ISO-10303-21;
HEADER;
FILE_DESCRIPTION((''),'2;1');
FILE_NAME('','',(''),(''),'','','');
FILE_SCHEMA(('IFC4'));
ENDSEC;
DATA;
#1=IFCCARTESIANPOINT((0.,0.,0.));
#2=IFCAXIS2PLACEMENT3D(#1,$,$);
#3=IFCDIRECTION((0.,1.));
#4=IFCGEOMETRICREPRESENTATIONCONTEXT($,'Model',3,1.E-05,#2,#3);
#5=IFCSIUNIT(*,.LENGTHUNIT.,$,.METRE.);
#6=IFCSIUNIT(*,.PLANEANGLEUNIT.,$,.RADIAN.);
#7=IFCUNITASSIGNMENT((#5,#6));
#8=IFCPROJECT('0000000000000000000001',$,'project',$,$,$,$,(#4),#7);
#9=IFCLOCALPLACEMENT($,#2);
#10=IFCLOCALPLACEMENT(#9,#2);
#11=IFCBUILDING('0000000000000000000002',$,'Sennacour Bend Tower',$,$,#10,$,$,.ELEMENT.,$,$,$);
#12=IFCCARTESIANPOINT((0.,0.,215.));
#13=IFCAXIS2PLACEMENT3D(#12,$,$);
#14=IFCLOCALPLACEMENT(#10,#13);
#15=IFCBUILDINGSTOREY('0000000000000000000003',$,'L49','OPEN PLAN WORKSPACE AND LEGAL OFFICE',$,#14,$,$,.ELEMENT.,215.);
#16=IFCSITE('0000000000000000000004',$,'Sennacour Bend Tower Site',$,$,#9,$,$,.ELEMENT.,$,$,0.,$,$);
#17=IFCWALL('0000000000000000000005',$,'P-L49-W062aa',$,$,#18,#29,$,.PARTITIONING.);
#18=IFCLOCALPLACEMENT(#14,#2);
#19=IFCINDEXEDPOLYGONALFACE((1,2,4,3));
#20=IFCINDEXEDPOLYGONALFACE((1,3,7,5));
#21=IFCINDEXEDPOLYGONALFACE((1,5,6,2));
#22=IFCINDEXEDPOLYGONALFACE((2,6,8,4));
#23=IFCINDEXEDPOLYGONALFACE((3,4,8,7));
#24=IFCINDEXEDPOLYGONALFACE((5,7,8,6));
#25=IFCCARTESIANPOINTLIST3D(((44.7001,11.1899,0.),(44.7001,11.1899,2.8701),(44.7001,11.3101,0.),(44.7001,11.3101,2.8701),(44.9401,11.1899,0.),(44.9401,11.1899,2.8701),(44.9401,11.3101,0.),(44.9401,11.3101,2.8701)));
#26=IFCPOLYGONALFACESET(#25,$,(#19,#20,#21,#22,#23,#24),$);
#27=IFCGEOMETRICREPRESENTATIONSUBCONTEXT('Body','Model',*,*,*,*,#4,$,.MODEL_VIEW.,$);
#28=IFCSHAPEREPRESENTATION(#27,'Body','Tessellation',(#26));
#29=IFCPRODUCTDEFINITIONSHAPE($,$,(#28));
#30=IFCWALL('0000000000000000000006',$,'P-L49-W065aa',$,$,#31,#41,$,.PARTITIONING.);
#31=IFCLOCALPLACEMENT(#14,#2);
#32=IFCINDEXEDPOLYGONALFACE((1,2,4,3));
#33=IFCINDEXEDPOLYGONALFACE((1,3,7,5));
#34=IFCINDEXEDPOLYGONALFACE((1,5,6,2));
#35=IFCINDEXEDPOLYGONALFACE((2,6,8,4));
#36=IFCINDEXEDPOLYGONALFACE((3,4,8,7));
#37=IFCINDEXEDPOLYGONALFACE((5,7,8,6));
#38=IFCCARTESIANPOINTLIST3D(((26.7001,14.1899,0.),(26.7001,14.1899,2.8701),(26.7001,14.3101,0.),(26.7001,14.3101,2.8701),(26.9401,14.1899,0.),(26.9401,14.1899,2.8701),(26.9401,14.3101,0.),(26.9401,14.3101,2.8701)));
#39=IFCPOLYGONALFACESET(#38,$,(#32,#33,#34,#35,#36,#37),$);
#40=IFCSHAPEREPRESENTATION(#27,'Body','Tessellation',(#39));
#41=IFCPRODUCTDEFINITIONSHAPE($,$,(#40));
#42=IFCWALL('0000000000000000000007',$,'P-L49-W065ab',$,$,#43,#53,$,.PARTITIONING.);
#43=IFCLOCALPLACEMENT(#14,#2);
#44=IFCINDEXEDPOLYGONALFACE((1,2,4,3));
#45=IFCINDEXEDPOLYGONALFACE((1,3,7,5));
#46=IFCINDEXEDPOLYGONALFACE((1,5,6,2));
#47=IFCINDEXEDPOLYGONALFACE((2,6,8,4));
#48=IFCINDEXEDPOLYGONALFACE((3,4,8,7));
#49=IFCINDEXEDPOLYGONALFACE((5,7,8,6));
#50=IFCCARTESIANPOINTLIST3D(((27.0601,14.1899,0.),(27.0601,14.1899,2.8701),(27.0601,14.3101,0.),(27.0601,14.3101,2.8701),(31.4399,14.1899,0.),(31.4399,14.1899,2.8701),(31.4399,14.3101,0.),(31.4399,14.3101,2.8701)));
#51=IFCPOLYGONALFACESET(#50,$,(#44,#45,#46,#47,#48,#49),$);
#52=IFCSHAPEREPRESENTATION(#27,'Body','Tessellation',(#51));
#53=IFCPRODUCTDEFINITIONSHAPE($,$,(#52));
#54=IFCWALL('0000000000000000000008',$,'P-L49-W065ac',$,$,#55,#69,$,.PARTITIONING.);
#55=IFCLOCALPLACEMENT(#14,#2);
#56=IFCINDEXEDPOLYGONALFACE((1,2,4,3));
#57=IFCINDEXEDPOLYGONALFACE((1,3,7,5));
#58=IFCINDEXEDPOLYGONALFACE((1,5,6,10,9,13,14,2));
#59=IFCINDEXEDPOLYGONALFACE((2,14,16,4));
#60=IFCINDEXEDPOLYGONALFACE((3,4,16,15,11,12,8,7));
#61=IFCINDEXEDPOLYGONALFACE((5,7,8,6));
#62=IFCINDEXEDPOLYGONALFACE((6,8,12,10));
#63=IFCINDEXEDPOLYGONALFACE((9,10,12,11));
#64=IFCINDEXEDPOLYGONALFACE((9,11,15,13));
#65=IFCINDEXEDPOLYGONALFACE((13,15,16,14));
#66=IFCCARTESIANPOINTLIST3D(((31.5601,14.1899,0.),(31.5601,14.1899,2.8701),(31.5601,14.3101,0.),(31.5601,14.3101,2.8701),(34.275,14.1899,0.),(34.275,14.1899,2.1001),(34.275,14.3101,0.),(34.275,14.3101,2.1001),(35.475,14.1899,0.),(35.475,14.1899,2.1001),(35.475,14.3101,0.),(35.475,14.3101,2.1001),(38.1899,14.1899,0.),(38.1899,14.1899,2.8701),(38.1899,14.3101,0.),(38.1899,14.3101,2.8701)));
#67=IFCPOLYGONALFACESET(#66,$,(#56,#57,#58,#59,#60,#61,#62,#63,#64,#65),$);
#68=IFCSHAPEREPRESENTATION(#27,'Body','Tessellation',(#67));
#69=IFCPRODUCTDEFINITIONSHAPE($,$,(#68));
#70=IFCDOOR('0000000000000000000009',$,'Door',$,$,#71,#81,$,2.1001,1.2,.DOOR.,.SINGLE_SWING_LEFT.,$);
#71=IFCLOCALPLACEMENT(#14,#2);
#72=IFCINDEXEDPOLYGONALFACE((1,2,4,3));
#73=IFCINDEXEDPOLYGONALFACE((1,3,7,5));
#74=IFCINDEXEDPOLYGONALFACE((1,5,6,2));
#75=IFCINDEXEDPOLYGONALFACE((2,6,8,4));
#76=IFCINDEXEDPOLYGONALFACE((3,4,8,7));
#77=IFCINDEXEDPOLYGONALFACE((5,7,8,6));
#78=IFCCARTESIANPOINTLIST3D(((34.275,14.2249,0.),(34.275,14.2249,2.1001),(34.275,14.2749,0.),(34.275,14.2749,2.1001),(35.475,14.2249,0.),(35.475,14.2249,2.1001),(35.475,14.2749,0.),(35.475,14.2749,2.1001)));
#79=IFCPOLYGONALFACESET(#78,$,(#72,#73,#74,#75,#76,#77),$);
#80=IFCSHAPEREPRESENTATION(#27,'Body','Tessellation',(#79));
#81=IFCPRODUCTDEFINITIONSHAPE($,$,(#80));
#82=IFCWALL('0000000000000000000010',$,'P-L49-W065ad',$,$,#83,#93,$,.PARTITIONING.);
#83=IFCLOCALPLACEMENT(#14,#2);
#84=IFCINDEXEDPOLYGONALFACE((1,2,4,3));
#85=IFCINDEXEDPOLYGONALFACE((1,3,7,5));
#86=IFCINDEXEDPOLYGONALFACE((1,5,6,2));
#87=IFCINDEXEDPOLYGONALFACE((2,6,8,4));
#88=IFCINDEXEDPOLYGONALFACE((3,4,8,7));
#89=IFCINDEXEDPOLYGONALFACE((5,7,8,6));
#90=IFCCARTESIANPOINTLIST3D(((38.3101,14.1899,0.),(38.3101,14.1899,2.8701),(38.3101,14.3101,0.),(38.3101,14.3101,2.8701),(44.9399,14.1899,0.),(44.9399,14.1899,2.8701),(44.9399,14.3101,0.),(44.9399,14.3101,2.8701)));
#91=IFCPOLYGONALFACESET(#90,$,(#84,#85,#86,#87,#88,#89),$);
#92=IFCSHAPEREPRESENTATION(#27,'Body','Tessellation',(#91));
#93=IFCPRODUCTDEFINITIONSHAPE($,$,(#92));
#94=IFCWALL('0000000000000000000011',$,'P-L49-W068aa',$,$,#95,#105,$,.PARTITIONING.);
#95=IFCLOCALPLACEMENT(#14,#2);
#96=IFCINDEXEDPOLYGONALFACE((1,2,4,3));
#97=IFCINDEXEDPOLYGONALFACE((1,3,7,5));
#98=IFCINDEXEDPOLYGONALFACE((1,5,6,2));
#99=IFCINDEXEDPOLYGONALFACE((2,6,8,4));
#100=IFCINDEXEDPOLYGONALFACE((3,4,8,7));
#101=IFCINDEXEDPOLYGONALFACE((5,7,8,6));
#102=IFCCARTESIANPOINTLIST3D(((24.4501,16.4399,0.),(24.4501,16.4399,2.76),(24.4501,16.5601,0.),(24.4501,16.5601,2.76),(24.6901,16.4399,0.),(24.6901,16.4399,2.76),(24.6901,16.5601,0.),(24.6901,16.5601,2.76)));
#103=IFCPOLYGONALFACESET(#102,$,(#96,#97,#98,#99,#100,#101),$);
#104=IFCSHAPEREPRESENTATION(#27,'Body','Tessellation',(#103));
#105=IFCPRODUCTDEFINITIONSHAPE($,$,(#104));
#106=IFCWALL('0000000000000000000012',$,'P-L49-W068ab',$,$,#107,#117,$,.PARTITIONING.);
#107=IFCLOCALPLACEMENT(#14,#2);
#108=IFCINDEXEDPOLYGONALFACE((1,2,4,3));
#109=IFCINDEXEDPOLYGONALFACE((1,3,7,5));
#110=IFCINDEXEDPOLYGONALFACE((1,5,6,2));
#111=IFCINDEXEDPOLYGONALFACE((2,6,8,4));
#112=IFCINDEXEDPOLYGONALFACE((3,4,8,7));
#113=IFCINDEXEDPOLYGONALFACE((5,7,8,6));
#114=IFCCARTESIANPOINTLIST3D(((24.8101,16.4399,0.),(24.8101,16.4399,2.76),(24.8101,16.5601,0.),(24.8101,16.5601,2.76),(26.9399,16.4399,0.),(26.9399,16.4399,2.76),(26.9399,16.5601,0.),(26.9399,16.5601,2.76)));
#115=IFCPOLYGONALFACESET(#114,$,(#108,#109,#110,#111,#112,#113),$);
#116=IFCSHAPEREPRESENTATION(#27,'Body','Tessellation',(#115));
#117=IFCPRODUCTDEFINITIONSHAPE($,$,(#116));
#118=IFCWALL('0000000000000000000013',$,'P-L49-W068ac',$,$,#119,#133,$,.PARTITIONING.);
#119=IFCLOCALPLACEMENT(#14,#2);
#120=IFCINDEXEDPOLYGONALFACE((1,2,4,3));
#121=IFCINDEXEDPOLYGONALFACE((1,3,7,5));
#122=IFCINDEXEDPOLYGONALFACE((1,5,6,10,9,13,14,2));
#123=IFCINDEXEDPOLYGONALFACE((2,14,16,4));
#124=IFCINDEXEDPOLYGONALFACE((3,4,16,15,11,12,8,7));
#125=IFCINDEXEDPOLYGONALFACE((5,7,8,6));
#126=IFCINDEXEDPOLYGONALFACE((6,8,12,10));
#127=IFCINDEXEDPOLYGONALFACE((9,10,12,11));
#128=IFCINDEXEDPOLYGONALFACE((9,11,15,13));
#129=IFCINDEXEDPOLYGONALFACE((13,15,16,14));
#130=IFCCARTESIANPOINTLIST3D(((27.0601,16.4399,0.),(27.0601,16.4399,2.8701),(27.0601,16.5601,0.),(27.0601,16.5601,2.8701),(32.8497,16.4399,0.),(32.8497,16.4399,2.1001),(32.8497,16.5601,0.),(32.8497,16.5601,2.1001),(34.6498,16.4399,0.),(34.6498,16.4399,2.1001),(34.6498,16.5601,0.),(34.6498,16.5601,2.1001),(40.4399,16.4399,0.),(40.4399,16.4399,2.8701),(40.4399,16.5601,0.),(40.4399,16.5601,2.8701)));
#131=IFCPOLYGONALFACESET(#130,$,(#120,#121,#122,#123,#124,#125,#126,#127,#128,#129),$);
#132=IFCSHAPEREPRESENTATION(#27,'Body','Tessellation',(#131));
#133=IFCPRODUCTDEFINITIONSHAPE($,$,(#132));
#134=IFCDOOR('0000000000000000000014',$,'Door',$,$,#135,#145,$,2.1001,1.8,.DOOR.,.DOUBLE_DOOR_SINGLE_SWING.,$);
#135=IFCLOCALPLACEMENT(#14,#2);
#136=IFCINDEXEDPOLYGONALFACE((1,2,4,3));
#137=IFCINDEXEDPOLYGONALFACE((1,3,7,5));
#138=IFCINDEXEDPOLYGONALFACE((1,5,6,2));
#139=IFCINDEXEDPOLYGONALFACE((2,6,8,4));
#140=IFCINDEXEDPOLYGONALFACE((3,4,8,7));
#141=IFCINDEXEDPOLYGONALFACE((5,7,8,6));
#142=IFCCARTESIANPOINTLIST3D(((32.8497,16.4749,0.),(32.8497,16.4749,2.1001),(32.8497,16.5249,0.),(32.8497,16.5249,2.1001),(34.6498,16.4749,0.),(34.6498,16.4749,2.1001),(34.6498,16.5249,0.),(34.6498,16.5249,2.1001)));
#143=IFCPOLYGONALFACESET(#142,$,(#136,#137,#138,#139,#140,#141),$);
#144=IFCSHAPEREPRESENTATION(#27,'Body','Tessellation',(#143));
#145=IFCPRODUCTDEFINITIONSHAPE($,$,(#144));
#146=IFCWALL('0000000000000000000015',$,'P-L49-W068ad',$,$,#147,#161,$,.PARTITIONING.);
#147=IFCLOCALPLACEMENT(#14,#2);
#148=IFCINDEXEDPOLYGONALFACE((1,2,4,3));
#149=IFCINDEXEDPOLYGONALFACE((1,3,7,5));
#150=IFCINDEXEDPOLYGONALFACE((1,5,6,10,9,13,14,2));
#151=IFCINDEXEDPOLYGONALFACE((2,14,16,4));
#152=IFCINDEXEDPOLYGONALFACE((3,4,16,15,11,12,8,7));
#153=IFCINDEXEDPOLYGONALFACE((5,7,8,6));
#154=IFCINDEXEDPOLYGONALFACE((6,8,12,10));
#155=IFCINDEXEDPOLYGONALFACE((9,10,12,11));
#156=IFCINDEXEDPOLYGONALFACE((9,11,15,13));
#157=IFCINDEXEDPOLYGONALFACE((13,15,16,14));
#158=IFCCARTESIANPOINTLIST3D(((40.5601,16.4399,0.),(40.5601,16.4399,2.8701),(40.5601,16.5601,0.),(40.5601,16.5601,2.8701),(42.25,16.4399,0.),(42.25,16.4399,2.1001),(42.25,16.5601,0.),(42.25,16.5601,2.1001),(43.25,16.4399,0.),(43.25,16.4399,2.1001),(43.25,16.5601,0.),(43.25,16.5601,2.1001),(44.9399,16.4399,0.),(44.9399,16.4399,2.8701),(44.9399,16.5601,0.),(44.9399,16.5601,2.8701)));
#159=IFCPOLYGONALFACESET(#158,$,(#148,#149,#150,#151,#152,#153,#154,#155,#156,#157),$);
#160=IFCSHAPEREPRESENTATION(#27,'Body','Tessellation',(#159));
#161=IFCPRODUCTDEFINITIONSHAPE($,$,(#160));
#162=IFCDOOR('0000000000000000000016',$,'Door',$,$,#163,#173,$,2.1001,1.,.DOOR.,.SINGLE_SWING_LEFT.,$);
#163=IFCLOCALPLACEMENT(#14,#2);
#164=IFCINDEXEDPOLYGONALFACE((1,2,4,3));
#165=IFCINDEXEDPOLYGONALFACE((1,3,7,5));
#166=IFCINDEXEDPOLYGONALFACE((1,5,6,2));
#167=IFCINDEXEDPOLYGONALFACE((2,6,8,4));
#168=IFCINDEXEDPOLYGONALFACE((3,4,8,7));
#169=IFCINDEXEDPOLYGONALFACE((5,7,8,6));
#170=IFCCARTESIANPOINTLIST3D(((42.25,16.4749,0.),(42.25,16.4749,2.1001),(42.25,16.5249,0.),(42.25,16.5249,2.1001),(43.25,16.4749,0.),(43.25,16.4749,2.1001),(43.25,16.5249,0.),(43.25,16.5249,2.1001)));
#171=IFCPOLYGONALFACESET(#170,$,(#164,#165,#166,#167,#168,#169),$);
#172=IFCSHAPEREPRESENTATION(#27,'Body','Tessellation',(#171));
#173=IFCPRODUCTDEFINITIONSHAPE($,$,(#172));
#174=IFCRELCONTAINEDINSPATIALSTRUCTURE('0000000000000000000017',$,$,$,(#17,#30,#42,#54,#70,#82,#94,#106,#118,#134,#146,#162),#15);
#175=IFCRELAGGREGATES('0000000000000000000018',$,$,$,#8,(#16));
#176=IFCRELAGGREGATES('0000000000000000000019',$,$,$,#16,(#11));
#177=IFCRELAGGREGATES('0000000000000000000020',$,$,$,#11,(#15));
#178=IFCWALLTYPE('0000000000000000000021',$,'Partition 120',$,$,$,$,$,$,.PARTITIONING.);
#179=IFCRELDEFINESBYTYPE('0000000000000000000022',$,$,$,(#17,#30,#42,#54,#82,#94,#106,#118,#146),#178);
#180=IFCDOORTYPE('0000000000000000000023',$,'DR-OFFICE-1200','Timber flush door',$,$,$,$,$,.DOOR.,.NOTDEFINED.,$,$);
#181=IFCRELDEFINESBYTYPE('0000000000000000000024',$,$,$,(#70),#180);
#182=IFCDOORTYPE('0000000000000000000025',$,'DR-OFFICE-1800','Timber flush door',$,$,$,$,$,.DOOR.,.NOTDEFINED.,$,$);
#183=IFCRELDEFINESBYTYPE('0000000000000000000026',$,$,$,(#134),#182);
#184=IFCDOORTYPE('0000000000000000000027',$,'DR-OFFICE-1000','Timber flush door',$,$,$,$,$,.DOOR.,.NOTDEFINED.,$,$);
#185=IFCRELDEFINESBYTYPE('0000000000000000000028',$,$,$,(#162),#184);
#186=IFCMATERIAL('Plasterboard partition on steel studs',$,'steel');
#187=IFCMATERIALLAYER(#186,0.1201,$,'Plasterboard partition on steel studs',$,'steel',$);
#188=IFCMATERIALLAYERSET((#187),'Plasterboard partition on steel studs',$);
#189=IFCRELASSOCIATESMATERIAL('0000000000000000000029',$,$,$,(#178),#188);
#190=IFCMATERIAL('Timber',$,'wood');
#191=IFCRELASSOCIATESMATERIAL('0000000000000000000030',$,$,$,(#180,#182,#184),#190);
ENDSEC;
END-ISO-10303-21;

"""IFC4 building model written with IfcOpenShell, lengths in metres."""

from ifc_helpers import new_model, si_unit, direction, frame, frame_2d, origin, place, context, subcontext, project, spatial, rectangle, extrude, material, layer, layer_set, type_object, element, fill, save


model = new_model("IFC4")

# Units and contexts
model_context = context("Model", 3, precision=1e-05, world=origin(), true_north=direction((0.0, 1.0)))
body_context = subcontext(model_context, "Body", "Model", "MODEL_VIEW")
ifc_project = project(units=[si_unit("LENGTHUNIT", "METRE"), si_unit("PLANEANGLEUNIT", "RADIAN")], contexts=[model_context])

# Site, building, storey
site_placement = place(None, origin())
site = spatial("IfcSite", under=ifc_project, at=site_placement, Name="Sennacour Bend Tower Site", CompositionType="ELEMENT", RefElevation=0.0)
building_placement = place(site_placement, origin())
building = spatial("IfcBuilding", under=site, at=building_placement, Name="Sennacour Bend Tower", CompositionType="ELEMENT")
storey_placement = place(building_placement, frame((0.0, 0.0, 215.0)))
storey = spatial("IfcBuildingStorey", under=building, at=storey_placement, Name="L49", Description="OPEN PLAN WORKSPACE AND LEGAL OFFICE", CompositionType="ELEMENT", Elevation=215.0)

# Walls
ifc_material_1 = material(Name="Plasterboard partition on steel studs", Category="steel")
ifc_layer_1 = layer(ifc_material_1, 0.1201, Name="Plasterboard partition on steel studs", Category="steel")
ifc_layer_set_1 = layer_set([ifc_layer_1], Name="Plasterboard partition on steel studs")
wall_type_1 = type_object("IfcWallType", Name="Partition 120", PredefinedType="PARTITIONING", material=ifc_layer_set_1)
for number, where, z_axis, x_axis, name in (
    (1, (44.7, 11.25, 0.0), (0.0, 0.0, 1.0), (1.0, 0.0, 0.0), "P-L49-W062aa"),
    (2, (26.7, 14.25, 0.0), (0.0, 0.0, 1.0), (1.0, 0.0, 0.0), "P-L49-W065aa"),
):
    element("IfcWall", number, at=place(storey_placement, frame(where, z_axis=z_axis, x_axis=x_axis)), inside=storey, type_object=wall_type_1, Name=name, PredefinedType="PARTITIONING", context=body_context, shape_type="SweptSolid", body=[
        extrude(rectangle(XDim=0.24, YDim=0.1201, at=frame_2d((0.1201, 0.0))), origin(), (0.0, 0.0, 1.0), 2.8701),
    ])
wall_1_placement = place(storey_placement, frame((27.0601, 14.25, 0.0), z_axis=(0.0, 0.0, 1.0), x_axis=(1.0, 0.0, 0.0)))
element("IfcWall", 3, at=wall_1_placement, inside=storey, type_object=wall_type_1, Name="P-L49-W065ab", PredefinedType="PARTITIONING", context=body_context, shape_type="SweptSolid", body=[
    extrude(rectangle(XDim=4.3799, YDim=0.1201, at=frame_2d((2.1899, 0.0))), origin(), (0.0, 0.0, 1.0), 2.8701),
])

# Wall, opening, door
wall_2_placement = place(storey_placement, frame((31.5601, 14.25, 0.0), z_axis=(0.0, 0.0, 1.0), x_axis=(1.0, 0.0, 0.0)))
wall_2 = element("IfcWall", 4, at=wall_2_placement, inside=storey, type_object=wall_type_1, Name="P-L49-W065ac", PredefinedType="PARTITIONING", context=body_context, shape_type="SweptSolid", body=[
    extrude(rectangle(XDim=6.6299, YDim=0.1201, at=frame_2d((3.3149, 0.0))), origin(), (0.0, 0.0, 1.0), 2.8701),
])
opening_1_placement = place(wall_2_placement, frame((2.7148, 0.0, 0.0)))
opening_1 = element("IfcOpeningElement", 5, at=opening_1_placement, cuts=wall_2, PredefinedType="OPENING", context=body_context, shape_type="SweptSolid", body=[
    extrude(rectangle(XDim=1.2, YDim=2.1001, at=frame_2d((0.6001, 1.05))), frame((0.0, 0.0701, 0.0), z_axis=(0.0, -1.0, 0.0), x_axis=(1.0, 0.0, 0.0)), (0.0, 0.0, 1.0), 0.1401),
])
ifc_material_2 = material(Name="Timber", Category="wood")
door_type_1 = type_object("IfcDoorType", Name="DR-OFFICE-1200", Description="Timber flush door", OperationType="NOTDEFINED", PredefinedType="DOOR", material=ifc_material_2)
door_1_placement = place(opening_1_placement, origin())
door_1 = element("IfcDoor", 6, at=door_1_placement, inside=storey, type_object=door_type_1, Name="Door", OperationType="SINGLE_SWING_LEFT", OverallHeight=2.1001, OverallWidth=1.2, PredefinedType="DOOR", context=body_context, shape_type="SweptSolid", body=[
    extrude(rectangle(XDim=1.2, YDim=2.1001, at=frame_2d((0.6001, 1.05))), frame((0.0, 0.0249, 0.0), z_axis=(0.0, -1.0, 0.0), x_axis=(1.0, 0.0, 0.0)), (0.0, 0.0, 1.0), 0.05),
])
fill(opening_1, door_1)

# Walls
wall_3_placement = place(storey_placement, frame((38.3101, 14.25, 0.0), z_axis=(0.0, 0.0, 1.0), x_axis=(1.0, 0.0, 0.0)))
element("IfcWall", 7, at=wall_3_placement, inside=storey, type_object=wall_type_1, Name="P-L49-W065ad", PredefinedType="PARTITIONING", context=body_context, shape_type="SweptSolid", body=[
    extrude(rectangle(XDim=6.6299, YDim=0.1201, at=frame_2d((3.3149, 0.0))), origin(), (0.0, 0.0, 1.0), 2.8701),
])
wall_4_placement = place(storey_placement, frame((24.45, 16.5, 0.0), z_axis=(0.0, 0.0, 1.0), x_axis=(1.0, 0.0, 0.0)))
element("IfcWall", 8, at=wall_4_placement, inside=storey, type_object=wall_type_1, Name="P-L49-W068aa", PredefinedType="PARTITIONING", context=body_context, shape_type="SweptSolid", body=[
    extrude(rectangle(XDim=0.24, YDim=0.1201, at=frame_2d((0.1201, 0.0))), origin(), (0.0, 0.0, 1.0), 2.76),
])
wall_5_placement = place(storey_placement, frame((24.8101, 16.5, 0.0), z_axis=(0.0, 0.0, 1.0), x_axis=(1.0, 0.0, 0.0)))
element("IfcWall", 9, at=wall_5_placement, inside=storey, type_object=wall_type_1, Name="P-L49-W068ab", PredefinedType="PARTITIONING", context=body_context, shape_type="SweptSolid", body=[
    extrude(rectangle(XDim=2.1299, YDim=0.1201, at=frame_2d((1.0649, 0.0))), origin(), (0.0, 0.0, 1.0), 2.76),
])

# Walls, openings, doors
wall_6_placement = place(storey_placement, frame((27.0601, 16.5, 0.0), z_axis=(0.0, 0.0, 1.0), x_axis=(1.0, 0.0, 0.0)))
wall_6 = element("IfcWall", 10, at=wall_6_placement, inside=storey, type_object=wall_type_1, Name="P-L49-W068ac", PredefinedType="PARTITIONING", context=body_context, shape_type="SweptSolid", body=[
    extrude(rectangle(XDim=13.3799, YDim=0.1201, at=frame_2d((6.6899, 0.0))), origin(), (0.0, 0.0, 1.0), 2.8701),
])
opening_2_placement = place(wall_6_placement, frame((5.7898, 0.0, 0.0)))
opening_2 = element("IfcOpeningElement", 11, at=opening_2_placement, cuts=wall_6, PredefinedType="OPENING", context=body_context, shape_type="SweptSolid", body=[
    extrude(rectangle(XDim=1.8, YDim=2.1001, at=frame_2d((0.8999, 1.05))), frame((0.0, 0.0701, 0.0), z_axis=(0.0, -1.0, 0.0), x_axis=(1.0, 0.0, 0.0)), (0.0, 0.0, 1.0), 0.1401),
])
door_type_2 = type_object("IfcDoorType", Name="DR-OFFICE-1800", Description="Timber flush door", OperationType="NOTDEFINED", PredefinedType="DOOR", material=ifc_material_2)
door_2_placement = place(opening_2_placement, origin())
door_2 = element("IfcDoor", 12, at=door_2_placement, inside=storey, type_object=door_type_2, Name="Door", OperationType="DOUBLE_DOOR_SINGLE_SWING", OverallHeight=2.1001, OverallWidth=1.8, PredefinedType="DOOR", context=body_context, shape_type="SweptSolid", body=[
    extrude(rectangle(XDim=1.8, YDim=2.1001, at=frame_2d((0.8999, 1.05))), frame((0.0, 0.0249, 0.0), z_axis=(0.0, -1.0, 0.0), x_axis=(1.0, 0.0, 0.0)), (0.0, 0.0, 1.0), 0.05),
])
fill(opening_2, door_2)
wall_7_placement = place(storey_placement, frame((40.5601, 16.5, 0.0), z_axis=(0.0, 0.0, 1.0), x_axis=(1.0, 0.0, 0.0)))
wall_7 = element("IfcWall", 13, at=wall_7_placement, inside=storey, type_object=wall_type_1, Name="P-L49-W068ad", PredefinedType="PARTITIONING", context=body_context, shape_type="SweptSolid", body=[
    extrude(rectangle(XDim=4.3799, YDim=0.1201, at=frame_2d((2.1899, 0.0))), origin(), (0.0, 0.0, 1.0), 2.8701),
])
opening_3_placement = place(wall_7_placement, frame((1.6899, 0.0, 0.0)))
opening_3 = element("IfcOpeningElement", 14, at=opening_3_placement, cuts=wall_7, PredefinedType="OPENING", context=body_context, shape_type="SweptSolid", body=[
    extrude(rectangle(XDim=1.0, YDim=2.1001, at=frame_2d((0.5, 1.05))), frame((0.0, 0.0701, 0.0), z_axis=(0.0, -1.0, 0.0), x_axis=(1.0, 0.0, 0.0)), (0.0, 0.0, 1.0), 0.1401),
])
door_type_3 = type_object("IfcDoorType", Name="DR-OFFICE-1000", Description="Timber flush door", OperationType="NOTDEFINED", PredefinedType="DOOR", material=ifc_material_2)
door_3_placement = place(opening_3_placement, origin())
door_3 = element("IfcDoor", 15, at=door_3_placement, inside=storey, type_object=door_type_3, Name="Door", OperationType="SINGLE_SWING_LEFT", OverallHeight=2.1001, OverallWidth=1.0, PredefinedType="DOOR", context=body_context, shape_type="SweptSolid", body=[
    extrude(rectangle(XDim=1.0, YDim=2.1001, at=frame_2d((0.5, 1.05))), frame((0.0, 0.0249, 0.0), z_axis=(0.0, -1.0, 0.0), x_axis=(1.0, 0.0, 0.0)), (0.0, 0.0, 1.0), 0.05),
])
fill(opening_3, door_3)

save(model, "model.ifc")
